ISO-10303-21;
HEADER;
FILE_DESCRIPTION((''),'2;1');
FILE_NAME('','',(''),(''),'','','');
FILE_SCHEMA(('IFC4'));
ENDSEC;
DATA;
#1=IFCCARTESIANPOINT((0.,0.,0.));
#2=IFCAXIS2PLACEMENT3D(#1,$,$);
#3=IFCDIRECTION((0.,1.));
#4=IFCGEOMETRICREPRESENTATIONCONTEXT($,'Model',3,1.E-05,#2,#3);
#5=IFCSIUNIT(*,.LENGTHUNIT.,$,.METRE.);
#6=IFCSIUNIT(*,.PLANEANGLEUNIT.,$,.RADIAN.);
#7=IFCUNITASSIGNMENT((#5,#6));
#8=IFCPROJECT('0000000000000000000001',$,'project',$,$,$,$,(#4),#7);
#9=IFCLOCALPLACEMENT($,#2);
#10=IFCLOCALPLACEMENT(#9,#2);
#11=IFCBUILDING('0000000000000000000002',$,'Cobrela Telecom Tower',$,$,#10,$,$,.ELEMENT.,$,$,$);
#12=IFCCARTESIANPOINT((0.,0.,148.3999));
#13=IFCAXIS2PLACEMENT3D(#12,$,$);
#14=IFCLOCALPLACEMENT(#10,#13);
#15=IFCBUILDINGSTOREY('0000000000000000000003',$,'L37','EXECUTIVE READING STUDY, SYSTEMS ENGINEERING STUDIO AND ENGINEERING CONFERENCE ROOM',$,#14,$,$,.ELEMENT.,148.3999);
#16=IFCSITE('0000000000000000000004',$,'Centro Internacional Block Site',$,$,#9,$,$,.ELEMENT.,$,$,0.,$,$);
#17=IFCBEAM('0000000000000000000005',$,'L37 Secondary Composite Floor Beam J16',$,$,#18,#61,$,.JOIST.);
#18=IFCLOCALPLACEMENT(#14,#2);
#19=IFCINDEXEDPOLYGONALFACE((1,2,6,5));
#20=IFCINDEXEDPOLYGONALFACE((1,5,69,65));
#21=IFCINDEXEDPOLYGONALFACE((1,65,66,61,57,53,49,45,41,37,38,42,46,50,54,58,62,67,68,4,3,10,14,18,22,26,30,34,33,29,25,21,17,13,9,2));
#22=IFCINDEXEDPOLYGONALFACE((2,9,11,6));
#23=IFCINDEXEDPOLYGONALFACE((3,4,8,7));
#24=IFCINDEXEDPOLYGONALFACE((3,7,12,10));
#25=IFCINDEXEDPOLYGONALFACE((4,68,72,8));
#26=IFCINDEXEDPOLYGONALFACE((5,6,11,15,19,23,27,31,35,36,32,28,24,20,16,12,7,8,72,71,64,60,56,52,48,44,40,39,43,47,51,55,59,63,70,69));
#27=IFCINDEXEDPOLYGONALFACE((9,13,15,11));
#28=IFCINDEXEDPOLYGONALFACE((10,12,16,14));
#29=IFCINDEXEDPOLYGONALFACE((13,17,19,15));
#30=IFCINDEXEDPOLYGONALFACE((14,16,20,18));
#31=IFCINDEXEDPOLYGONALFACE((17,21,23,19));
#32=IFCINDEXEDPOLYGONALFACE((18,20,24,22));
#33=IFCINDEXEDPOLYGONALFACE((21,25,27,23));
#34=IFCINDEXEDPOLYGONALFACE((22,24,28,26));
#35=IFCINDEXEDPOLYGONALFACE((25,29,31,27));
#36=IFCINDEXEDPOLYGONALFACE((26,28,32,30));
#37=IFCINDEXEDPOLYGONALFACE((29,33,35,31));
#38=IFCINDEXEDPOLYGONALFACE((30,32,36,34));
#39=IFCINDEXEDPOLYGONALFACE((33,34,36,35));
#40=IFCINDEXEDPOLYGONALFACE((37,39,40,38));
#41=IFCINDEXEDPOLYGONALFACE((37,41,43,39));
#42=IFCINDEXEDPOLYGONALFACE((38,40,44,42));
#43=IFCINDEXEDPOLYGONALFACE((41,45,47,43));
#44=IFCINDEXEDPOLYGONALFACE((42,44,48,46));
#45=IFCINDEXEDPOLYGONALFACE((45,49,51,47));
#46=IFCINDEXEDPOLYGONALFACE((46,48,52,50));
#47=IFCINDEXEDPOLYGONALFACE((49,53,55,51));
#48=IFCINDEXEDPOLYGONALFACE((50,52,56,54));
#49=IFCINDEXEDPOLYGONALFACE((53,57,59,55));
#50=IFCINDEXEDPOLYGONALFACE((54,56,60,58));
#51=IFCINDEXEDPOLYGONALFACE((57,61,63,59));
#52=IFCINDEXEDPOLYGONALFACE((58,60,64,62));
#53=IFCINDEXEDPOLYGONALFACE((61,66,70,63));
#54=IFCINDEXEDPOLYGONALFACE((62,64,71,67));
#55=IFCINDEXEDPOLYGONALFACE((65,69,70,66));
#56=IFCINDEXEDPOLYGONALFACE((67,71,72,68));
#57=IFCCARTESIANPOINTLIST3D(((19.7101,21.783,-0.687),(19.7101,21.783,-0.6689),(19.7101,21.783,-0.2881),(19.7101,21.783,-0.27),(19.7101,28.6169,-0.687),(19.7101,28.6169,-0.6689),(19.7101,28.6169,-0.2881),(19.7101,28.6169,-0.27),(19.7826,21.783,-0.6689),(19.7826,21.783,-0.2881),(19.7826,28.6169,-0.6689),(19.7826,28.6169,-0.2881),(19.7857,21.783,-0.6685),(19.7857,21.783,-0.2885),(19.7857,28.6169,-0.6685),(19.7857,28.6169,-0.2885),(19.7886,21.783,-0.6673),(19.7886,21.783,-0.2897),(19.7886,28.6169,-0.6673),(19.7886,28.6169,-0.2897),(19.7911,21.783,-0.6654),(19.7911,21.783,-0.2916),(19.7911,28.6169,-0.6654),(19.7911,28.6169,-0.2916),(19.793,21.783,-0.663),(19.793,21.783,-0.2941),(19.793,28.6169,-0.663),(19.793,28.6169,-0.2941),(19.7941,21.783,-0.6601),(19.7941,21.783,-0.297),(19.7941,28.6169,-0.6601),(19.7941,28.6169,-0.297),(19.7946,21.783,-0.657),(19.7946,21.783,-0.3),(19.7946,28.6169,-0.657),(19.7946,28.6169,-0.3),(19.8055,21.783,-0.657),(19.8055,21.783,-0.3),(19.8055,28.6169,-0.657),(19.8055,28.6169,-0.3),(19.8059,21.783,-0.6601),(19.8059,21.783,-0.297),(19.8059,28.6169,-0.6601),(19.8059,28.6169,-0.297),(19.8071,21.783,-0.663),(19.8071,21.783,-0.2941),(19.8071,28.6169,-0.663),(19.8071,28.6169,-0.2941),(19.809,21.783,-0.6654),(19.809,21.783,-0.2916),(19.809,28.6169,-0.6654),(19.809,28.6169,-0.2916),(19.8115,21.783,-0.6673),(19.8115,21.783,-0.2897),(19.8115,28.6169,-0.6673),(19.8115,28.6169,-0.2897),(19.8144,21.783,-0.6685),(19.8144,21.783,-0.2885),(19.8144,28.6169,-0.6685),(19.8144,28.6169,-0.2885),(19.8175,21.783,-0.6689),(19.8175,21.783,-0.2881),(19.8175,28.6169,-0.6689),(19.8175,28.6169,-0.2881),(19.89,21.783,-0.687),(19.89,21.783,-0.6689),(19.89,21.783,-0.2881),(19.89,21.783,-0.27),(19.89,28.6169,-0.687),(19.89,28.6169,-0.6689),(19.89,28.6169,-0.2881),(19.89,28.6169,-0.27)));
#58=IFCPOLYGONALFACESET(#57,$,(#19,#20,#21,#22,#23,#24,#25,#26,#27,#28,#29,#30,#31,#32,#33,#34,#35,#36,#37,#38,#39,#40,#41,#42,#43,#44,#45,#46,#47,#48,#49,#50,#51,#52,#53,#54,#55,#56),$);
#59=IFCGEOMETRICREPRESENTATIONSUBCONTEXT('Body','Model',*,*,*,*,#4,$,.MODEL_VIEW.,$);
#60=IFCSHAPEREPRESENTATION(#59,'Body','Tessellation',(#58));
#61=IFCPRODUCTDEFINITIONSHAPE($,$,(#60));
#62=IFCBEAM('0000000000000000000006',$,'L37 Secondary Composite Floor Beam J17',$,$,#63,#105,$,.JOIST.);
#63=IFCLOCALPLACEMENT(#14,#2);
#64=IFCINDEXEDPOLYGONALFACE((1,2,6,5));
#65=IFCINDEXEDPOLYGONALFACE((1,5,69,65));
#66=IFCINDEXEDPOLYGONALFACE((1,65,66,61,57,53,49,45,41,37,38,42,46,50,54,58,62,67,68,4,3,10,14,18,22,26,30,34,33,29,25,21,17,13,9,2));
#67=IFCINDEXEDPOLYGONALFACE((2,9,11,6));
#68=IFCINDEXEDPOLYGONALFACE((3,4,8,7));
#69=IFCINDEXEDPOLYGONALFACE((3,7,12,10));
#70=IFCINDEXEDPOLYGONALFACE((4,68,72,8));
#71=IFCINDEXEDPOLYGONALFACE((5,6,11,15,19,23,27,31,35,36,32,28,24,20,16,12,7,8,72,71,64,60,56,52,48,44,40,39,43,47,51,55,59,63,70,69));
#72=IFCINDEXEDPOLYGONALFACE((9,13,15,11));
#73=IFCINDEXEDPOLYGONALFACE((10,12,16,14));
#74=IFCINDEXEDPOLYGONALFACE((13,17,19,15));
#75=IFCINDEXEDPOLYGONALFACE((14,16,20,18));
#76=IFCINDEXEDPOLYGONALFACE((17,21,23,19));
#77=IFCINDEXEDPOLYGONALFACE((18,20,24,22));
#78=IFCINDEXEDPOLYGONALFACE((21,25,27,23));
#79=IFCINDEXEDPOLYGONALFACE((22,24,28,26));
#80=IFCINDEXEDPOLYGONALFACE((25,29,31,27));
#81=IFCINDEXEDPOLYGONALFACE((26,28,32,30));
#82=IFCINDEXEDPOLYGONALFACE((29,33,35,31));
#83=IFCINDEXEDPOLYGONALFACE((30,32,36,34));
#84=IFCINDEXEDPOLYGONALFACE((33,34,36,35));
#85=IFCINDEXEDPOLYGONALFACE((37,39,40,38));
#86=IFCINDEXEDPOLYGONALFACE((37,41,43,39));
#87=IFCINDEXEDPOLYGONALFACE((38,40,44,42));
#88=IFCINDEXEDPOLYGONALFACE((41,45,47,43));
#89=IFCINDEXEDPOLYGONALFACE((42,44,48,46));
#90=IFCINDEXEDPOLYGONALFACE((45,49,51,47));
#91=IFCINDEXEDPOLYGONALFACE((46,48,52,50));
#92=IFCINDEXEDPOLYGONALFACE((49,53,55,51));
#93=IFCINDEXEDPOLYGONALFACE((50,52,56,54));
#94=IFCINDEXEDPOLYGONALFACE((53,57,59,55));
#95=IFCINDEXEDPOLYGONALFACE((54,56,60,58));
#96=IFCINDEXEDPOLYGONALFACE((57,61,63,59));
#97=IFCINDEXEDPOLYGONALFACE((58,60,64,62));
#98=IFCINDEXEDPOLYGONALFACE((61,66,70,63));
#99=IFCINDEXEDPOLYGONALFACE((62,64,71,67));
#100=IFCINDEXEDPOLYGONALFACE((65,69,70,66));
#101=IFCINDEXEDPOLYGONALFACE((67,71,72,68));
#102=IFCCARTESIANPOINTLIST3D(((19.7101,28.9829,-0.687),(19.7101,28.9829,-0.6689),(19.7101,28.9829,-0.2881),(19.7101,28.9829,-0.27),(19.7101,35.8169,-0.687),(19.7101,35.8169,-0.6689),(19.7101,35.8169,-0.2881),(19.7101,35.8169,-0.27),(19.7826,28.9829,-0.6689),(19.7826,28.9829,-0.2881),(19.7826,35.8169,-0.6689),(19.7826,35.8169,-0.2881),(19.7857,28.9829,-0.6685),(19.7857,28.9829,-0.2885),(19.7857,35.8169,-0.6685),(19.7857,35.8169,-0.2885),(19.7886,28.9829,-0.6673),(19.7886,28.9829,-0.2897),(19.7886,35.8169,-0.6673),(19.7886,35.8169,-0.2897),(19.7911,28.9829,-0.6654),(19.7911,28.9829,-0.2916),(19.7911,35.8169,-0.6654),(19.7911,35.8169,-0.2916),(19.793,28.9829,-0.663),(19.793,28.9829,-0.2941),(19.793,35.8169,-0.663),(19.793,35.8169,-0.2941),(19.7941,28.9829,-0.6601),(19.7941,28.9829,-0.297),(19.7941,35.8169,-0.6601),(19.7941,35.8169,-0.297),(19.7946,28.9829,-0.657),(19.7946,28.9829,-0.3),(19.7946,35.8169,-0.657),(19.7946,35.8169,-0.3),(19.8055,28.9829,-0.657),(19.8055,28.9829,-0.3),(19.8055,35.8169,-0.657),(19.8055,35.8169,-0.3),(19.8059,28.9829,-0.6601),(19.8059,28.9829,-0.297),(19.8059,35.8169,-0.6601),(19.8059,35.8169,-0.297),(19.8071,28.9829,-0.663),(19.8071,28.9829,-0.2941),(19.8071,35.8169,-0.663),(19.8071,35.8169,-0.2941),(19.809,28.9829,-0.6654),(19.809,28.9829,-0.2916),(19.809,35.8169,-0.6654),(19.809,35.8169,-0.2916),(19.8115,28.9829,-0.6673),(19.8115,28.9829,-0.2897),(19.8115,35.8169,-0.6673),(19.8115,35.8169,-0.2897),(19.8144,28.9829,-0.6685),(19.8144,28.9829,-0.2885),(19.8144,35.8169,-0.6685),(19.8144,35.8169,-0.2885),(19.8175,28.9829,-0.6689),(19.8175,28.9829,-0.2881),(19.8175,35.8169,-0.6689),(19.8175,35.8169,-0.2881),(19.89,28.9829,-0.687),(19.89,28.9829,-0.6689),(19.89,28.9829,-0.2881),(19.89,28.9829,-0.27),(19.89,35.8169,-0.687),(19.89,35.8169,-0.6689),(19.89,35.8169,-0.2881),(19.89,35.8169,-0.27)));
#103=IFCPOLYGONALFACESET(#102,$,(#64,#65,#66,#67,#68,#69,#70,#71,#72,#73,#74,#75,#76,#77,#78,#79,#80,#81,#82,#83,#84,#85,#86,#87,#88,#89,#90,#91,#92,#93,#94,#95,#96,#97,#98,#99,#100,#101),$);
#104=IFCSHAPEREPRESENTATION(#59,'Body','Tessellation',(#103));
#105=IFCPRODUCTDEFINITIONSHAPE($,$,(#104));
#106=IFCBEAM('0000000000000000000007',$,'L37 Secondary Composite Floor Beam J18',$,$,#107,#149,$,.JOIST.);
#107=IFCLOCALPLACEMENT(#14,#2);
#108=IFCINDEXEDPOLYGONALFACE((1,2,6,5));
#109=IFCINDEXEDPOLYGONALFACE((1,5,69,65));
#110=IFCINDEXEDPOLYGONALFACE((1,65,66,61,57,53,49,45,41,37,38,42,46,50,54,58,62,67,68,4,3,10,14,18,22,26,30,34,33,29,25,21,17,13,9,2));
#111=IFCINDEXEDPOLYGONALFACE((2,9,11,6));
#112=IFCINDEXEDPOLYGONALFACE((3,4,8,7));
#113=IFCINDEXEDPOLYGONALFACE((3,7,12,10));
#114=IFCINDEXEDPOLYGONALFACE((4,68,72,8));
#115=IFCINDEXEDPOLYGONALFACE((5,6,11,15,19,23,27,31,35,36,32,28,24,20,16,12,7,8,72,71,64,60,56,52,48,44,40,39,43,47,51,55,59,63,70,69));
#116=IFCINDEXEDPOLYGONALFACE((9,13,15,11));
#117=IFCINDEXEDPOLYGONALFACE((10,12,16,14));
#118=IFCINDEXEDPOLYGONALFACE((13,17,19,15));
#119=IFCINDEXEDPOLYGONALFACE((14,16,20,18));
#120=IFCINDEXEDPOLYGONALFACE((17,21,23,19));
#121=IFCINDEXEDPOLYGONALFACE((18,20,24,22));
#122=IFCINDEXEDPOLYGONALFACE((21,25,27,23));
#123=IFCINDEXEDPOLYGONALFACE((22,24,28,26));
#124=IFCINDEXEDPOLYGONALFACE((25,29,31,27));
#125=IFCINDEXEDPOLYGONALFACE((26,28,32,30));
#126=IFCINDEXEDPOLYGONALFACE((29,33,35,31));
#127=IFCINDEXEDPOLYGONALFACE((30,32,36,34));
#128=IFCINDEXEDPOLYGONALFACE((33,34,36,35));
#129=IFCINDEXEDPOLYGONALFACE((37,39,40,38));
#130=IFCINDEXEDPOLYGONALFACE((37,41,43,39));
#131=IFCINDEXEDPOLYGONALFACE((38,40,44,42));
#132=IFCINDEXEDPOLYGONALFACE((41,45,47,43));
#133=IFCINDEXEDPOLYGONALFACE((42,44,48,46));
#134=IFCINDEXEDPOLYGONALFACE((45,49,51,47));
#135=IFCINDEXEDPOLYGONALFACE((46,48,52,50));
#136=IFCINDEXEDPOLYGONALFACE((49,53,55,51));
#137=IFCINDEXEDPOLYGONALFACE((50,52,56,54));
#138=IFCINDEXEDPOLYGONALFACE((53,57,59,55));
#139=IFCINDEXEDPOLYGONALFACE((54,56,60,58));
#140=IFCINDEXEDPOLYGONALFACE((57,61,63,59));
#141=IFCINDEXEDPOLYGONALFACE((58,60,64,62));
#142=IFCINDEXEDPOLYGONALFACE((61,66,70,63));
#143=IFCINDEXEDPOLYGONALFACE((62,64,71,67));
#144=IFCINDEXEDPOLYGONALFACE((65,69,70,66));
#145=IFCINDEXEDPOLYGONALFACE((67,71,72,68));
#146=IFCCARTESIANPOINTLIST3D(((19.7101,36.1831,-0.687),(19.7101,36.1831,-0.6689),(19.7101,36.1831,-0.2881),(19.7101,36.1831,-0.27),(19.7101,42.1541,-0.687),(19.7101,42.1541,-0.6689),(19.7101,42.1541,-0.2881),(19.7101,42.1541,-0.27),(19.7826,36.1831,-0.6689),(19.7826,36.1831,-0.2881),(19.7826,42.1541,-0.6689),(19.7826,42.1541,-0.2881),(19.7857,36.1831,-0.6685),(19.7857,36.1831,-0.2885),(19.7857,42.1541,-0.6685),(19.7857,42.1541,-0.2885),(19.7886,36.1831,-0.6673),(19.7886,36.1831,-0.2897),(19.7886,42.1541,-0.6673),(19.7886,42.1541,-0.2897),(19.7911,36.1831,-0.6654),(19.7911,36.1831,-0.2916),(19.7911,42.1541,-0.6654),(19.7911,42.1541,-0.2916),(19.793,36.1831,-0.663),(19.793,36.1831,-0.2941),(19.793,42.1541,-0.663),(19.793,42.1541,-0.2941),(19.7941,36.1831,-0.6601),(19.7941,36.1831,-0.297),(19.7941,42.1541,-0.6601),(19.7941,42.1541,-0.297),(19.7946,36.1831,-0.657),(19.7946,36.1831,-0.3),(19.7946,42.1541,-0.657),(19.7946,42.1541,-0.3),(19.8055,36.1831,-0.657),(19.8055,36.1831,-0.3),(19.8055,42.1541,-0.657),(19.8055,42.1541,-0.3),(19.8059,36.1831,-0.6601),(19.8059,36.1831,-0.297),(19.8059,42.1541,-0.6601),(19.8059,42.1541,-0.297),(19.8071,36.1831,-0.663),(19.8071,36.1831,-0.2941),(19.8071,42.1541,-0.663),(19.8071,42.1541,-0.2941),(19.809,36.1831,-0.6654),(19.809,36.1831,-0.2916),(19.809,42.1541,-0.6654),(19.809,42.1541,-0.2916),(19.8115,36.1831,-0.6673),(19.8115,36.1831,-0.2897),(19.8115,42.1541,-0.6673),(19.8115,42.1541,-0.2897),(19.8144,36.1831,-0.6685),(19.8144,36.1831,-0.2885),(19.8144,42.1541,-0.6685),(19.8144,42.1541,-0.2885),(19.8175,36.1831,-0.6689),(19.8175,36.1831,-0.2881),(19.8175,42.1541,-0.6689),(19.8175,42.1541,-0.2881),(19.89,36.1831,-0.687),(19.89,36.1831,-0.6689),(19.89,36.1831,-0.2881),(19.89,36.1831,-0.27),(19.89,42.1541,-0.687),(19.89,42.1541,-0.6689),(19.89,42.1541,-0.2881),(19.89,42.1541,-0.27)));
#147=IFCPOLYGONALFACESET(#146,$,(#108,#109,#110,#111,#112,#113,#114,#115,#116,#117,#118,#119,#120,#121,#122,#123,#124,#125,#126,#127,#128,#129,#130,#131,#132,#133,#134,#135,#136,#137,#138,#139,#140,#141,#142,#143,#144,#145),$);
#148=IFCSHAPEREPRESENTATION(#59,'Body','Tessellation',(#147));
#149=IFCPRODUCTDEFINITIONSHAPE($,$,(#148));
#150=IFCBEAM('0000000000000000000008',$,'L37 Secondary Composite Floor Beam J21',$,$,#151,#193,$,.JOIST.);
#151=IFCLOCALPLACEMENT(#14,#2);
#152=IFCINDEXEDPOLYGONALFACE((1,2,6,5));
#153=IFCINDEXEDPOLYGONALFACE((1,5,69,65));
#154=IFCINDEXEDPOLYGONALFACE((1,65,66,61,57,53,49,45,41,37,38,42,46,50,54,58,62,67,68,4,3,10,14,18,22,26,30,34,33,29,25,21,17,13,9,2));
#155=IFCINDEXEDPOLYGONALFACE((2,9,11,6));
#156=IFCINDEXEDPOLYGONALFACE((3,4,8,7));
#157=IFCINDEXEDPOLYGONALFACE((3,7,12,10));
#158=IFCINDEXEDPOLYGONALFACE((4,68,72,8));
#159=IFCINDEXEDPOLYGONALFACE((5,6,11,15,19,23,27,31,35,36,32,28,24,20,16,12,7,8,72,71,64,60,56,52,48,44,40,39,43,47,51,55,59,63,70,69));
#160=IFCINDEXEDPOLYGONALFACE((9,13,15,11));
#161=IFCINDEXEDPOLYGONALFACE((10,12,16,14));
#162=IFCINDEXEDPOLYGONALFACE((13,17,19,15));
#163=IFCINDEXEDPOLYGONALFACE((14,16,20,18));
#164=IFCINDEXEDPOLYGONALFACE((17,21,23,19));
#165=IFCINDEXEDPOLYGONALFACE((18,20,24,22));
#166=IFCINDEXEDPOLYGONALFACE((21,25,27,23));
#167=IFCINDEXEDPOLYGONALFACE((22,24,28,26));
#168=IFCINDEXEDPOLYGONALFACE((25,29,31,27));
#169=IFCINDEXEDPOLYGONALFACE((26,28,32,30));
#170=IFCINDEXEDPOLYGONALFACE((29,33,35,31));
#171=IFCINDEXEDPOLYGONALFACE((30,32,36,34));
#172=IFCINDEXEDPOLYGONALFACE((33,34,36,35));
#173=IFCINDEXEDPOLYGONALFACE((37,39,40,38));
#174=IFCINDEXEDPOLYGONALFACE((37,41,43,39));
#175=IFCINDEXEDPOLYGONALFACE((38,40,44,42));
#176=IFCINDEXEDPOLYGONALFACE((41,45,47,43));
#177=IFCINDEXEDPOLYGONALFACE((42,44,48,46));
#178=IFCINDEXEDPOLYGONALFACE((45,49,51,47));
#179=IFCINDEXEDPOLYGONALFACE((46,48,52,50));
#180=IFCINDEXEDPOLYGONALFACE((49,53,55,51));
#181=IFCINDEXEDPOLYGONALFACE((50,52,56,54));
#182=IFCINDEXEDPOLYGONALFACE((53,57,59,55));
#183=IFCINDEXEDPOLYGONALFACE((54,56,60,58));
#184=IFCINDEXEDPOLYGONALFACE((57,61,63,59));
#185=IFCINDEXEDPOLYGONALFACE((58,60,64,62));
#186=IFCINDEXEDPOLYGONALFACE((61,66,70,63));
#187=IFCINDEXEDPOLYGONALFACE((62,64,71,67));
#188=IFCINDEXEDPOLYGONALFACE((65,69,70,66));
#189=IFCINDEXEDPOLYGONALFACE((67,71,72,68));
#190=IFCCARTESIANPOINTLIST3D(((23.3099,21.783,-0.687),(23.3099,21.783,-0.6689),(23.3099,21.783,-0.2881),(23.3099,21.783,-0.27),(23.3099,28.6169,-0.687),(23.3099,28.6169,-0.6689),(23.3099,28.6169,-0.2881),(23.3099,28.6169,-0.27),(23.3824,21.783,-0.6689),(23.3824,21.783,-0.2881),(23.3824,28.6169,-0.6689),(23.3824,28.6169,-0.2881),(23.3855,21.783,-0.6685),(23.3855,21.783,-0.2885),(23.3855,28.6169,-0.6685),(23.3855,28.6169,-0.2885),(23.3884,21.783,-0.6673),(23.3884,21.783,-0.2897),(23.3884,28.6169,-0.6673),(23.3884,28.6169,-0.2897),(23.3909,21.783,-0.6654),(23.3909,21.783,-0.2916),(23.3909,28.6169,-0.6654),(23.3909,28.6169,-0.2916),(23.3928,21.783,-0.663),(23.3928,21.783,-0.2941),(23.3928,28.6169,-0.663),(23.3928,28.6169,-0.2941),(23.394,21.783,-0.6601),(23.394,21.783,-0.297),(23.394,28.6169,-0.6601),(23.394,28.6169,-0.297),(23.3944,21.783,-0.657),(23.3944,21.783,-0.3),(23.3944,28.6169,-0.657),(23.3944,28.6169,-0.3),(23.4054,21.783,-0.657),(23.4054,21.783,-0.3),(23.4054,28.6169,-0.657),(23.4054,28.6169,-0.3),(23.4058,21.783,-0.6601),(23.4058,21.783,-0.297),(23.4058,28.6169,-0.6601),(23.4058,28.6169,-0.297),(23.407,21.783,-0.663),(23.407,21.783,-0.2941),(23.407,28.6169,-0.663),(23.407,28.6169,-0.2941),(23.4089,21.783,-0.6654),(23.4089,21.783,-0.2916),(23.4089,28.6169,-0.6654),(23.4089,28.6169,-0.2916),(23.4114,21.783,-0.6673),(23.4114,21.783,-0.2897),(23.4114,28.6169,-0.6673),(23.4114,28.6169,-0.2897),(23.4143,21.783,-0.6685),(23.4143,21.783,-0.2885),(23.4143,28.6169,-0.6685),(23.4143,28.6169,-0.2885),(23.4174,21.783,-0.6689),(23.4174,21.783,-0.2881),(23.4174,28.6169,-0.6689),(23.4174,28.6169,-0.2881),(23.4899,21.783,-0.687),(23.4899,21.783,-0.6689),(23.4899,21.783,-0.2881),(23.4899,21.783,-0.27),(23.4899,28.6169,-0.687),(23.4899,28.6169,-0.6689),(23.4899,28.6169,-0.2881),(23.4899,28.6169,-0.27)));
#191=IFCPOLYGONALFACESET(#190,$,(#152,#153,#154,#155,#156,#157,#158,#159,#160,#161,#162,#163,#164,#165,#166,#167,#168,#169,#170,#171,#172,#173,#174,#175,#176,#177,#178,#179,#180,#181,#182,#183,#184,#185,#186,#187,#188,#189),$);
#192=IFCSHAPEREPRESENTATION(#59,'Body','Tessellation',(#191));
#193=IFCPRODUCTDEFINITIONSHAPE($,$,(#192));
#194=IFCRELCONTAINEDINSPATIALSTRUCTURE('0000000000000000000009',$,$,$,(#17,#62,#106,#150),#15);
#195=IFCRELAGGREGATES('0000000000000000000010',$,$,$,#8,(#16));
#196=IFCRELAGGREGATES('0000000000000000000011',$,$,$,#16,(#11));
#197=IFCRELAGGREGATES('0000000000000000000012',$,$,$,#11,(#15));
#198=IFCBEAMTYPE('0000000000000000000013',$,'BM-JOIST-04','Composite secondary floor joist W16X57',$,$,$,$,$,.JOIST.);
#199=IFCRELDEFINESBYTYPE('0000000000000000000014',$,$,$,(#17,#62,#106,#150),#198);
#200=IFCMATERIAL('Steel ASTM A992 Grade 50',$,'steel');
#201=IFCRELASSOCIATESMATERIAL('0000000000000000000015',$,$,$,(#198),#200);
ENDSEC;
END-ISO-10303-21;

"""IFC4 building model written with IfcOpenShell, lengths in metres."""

from ifc_helpers import new_model, si_unit, direction, frame, origin, origin_2d, place, context, subcontext, project, spatial, i_section, extrude, material, material_profile, profile_set, type_object, element, save


model = new_model("IFC4")

# Units and contexts
model_context = context("Model", 3, precision=1e-05, world=origin(), true_north=direction((0.0, 1.0)))
body_context = subcontext(model_context, "Body", "Model", "MODEL_VIEW")
ifc_project = project(units=[si_unit("LENGTHUNIT", "METRE"), si_unit("PLANEANGLEUNIT", "RADIAN")], contexts=[model_context])

# Site, building, storey
site_placement = place(None, origin())
site = spatial("IfcSite", under=ifc_project, at=site_placement, Name="Centro Internacional Block Site", CompositionType="ELEMENT", RefElevation=0.0)
building_placement = place(site_placement, origin())
building = spatial("IfcBuilding", under=site, at=building_placement, Name="Cobrela Telecom Tower", CompositionType="ELEMENT")
storey_placement = place(building_placement, frame((0.0, 0.0, 148.3999)))
storey = spatial("IfcBuildingStorey", under=building, at=storey_placement, Name="L37", Description="EXECUTIVE READING STUDY, SYSTEMS ENGINEERING STUDIO AND ENGINEERING CONFERENCE ROOM", CompositionType="ELEMENT", Elevation=148.3999)

# Shared definitions
ifc_material_1 = material(Name="Steel ASTM A992 Grade 50", Category="steel")

# Beams
ifc_material_profile_1 = material_profile(ifc_material_1, i_section(OverallWidth=0.1799, OverallDepth=0.417, WebThickness=0.011, FlangeThickness=0.0181, FilletRadius=0.012, at=origin_2d()), Name="W16X57")
ifc_profile_set_1 = profile_set([ifc_material_profile_1], Name="Steel ASTM A992 Grade 50")
beam_type_1 = type_object("IfcBeamType", Name="BM-JOIST-04", Description="Composite secondary floor joist W16X57", PredefinedType="JOIST", material=ifc_profile_set_1)
for number, where, z_axis, x_axis, name in (
    (1, (19.8, 21.783, -0.4785), (0.0, 1.0, 0.0), (-1.0, 0.0, 0.0), "L37 Secondary Composite Floor Beam J16"),
    (2, (19.8, 28.9829, -0.4785), (0.0, 1.0, 0.0), (-1.0, 0.0, 0.0), "L37 Secondary Composite Floor Beam J17"),
):
    element("IfcBeam", number, at=place(storey_placement, frame(where, z_axis=z_axis, x_axis=x_axis)), inside=storey, type_object=beam_type_1, Name=name, PredefinedType="JOIST", context=body_context, shape_type="SweptSolid", body=[
        extrude(i_section(OverallWidth=0.1799, OverallDepth=0.417, WebThickness=0.011, FlangeThickness=0.0181, FilletRadius=0.012, at=origin_2d()), origin(), (0.0, 0.0, 1.0), 6.834),
    ])
beam_1_placement = place(storey_placement, frame((19.8, 36.1831, -0.4785), z_axis=(0.0, 1.0, 0.0), x_axis=(-1.0, 0.0, 0.0)))
element("IfcBeam", 3, at=beam_1_placement, inside=storey, type_object=beam_type_1, Name="L37 Secondary Composite Floor Beam J18", PredefinedType="JOIST", context=body_context, shape_type="SweptSolid", body=[
    extrude(i_section(OverallWidth=0.1799, OverallDepth=0.417, WebThickness=0.011, FlangeThickness=0.0181, FilletRadius=0.012, at=origin_2d()), origin(), (0.0, 0.0, 1.0), 5.9709),
])
for number, where, z_axis, x_axis, name in (
    (4, (23.3999, 21.783, -0.4785), (0.0, 1.0, 0.0), (-1.0, 0.0, 0.0), "L37 Secondary Composite Floor Beam J21"),
):
    element("IfcBeam", number, at=place(storey_placement, frame(where, z_axis=z_axis, x_axis=x_axis)), inside=storey, type_object=beam_type_1, Name=name, PredefinedType="JOIST", context=body_context, shape_type="SweptSolid", body=[
        extrude(i_section(OverallWidth=0.1799, OverallDepth=0.417, WebThickness=0.011, FlangeThickness=0.0181, FilletRadius=0.012, at=origin_2d()), origin(), (0.0, 0.0, 1.0), 6.834),
    ])

save(model, "model.ifc")
